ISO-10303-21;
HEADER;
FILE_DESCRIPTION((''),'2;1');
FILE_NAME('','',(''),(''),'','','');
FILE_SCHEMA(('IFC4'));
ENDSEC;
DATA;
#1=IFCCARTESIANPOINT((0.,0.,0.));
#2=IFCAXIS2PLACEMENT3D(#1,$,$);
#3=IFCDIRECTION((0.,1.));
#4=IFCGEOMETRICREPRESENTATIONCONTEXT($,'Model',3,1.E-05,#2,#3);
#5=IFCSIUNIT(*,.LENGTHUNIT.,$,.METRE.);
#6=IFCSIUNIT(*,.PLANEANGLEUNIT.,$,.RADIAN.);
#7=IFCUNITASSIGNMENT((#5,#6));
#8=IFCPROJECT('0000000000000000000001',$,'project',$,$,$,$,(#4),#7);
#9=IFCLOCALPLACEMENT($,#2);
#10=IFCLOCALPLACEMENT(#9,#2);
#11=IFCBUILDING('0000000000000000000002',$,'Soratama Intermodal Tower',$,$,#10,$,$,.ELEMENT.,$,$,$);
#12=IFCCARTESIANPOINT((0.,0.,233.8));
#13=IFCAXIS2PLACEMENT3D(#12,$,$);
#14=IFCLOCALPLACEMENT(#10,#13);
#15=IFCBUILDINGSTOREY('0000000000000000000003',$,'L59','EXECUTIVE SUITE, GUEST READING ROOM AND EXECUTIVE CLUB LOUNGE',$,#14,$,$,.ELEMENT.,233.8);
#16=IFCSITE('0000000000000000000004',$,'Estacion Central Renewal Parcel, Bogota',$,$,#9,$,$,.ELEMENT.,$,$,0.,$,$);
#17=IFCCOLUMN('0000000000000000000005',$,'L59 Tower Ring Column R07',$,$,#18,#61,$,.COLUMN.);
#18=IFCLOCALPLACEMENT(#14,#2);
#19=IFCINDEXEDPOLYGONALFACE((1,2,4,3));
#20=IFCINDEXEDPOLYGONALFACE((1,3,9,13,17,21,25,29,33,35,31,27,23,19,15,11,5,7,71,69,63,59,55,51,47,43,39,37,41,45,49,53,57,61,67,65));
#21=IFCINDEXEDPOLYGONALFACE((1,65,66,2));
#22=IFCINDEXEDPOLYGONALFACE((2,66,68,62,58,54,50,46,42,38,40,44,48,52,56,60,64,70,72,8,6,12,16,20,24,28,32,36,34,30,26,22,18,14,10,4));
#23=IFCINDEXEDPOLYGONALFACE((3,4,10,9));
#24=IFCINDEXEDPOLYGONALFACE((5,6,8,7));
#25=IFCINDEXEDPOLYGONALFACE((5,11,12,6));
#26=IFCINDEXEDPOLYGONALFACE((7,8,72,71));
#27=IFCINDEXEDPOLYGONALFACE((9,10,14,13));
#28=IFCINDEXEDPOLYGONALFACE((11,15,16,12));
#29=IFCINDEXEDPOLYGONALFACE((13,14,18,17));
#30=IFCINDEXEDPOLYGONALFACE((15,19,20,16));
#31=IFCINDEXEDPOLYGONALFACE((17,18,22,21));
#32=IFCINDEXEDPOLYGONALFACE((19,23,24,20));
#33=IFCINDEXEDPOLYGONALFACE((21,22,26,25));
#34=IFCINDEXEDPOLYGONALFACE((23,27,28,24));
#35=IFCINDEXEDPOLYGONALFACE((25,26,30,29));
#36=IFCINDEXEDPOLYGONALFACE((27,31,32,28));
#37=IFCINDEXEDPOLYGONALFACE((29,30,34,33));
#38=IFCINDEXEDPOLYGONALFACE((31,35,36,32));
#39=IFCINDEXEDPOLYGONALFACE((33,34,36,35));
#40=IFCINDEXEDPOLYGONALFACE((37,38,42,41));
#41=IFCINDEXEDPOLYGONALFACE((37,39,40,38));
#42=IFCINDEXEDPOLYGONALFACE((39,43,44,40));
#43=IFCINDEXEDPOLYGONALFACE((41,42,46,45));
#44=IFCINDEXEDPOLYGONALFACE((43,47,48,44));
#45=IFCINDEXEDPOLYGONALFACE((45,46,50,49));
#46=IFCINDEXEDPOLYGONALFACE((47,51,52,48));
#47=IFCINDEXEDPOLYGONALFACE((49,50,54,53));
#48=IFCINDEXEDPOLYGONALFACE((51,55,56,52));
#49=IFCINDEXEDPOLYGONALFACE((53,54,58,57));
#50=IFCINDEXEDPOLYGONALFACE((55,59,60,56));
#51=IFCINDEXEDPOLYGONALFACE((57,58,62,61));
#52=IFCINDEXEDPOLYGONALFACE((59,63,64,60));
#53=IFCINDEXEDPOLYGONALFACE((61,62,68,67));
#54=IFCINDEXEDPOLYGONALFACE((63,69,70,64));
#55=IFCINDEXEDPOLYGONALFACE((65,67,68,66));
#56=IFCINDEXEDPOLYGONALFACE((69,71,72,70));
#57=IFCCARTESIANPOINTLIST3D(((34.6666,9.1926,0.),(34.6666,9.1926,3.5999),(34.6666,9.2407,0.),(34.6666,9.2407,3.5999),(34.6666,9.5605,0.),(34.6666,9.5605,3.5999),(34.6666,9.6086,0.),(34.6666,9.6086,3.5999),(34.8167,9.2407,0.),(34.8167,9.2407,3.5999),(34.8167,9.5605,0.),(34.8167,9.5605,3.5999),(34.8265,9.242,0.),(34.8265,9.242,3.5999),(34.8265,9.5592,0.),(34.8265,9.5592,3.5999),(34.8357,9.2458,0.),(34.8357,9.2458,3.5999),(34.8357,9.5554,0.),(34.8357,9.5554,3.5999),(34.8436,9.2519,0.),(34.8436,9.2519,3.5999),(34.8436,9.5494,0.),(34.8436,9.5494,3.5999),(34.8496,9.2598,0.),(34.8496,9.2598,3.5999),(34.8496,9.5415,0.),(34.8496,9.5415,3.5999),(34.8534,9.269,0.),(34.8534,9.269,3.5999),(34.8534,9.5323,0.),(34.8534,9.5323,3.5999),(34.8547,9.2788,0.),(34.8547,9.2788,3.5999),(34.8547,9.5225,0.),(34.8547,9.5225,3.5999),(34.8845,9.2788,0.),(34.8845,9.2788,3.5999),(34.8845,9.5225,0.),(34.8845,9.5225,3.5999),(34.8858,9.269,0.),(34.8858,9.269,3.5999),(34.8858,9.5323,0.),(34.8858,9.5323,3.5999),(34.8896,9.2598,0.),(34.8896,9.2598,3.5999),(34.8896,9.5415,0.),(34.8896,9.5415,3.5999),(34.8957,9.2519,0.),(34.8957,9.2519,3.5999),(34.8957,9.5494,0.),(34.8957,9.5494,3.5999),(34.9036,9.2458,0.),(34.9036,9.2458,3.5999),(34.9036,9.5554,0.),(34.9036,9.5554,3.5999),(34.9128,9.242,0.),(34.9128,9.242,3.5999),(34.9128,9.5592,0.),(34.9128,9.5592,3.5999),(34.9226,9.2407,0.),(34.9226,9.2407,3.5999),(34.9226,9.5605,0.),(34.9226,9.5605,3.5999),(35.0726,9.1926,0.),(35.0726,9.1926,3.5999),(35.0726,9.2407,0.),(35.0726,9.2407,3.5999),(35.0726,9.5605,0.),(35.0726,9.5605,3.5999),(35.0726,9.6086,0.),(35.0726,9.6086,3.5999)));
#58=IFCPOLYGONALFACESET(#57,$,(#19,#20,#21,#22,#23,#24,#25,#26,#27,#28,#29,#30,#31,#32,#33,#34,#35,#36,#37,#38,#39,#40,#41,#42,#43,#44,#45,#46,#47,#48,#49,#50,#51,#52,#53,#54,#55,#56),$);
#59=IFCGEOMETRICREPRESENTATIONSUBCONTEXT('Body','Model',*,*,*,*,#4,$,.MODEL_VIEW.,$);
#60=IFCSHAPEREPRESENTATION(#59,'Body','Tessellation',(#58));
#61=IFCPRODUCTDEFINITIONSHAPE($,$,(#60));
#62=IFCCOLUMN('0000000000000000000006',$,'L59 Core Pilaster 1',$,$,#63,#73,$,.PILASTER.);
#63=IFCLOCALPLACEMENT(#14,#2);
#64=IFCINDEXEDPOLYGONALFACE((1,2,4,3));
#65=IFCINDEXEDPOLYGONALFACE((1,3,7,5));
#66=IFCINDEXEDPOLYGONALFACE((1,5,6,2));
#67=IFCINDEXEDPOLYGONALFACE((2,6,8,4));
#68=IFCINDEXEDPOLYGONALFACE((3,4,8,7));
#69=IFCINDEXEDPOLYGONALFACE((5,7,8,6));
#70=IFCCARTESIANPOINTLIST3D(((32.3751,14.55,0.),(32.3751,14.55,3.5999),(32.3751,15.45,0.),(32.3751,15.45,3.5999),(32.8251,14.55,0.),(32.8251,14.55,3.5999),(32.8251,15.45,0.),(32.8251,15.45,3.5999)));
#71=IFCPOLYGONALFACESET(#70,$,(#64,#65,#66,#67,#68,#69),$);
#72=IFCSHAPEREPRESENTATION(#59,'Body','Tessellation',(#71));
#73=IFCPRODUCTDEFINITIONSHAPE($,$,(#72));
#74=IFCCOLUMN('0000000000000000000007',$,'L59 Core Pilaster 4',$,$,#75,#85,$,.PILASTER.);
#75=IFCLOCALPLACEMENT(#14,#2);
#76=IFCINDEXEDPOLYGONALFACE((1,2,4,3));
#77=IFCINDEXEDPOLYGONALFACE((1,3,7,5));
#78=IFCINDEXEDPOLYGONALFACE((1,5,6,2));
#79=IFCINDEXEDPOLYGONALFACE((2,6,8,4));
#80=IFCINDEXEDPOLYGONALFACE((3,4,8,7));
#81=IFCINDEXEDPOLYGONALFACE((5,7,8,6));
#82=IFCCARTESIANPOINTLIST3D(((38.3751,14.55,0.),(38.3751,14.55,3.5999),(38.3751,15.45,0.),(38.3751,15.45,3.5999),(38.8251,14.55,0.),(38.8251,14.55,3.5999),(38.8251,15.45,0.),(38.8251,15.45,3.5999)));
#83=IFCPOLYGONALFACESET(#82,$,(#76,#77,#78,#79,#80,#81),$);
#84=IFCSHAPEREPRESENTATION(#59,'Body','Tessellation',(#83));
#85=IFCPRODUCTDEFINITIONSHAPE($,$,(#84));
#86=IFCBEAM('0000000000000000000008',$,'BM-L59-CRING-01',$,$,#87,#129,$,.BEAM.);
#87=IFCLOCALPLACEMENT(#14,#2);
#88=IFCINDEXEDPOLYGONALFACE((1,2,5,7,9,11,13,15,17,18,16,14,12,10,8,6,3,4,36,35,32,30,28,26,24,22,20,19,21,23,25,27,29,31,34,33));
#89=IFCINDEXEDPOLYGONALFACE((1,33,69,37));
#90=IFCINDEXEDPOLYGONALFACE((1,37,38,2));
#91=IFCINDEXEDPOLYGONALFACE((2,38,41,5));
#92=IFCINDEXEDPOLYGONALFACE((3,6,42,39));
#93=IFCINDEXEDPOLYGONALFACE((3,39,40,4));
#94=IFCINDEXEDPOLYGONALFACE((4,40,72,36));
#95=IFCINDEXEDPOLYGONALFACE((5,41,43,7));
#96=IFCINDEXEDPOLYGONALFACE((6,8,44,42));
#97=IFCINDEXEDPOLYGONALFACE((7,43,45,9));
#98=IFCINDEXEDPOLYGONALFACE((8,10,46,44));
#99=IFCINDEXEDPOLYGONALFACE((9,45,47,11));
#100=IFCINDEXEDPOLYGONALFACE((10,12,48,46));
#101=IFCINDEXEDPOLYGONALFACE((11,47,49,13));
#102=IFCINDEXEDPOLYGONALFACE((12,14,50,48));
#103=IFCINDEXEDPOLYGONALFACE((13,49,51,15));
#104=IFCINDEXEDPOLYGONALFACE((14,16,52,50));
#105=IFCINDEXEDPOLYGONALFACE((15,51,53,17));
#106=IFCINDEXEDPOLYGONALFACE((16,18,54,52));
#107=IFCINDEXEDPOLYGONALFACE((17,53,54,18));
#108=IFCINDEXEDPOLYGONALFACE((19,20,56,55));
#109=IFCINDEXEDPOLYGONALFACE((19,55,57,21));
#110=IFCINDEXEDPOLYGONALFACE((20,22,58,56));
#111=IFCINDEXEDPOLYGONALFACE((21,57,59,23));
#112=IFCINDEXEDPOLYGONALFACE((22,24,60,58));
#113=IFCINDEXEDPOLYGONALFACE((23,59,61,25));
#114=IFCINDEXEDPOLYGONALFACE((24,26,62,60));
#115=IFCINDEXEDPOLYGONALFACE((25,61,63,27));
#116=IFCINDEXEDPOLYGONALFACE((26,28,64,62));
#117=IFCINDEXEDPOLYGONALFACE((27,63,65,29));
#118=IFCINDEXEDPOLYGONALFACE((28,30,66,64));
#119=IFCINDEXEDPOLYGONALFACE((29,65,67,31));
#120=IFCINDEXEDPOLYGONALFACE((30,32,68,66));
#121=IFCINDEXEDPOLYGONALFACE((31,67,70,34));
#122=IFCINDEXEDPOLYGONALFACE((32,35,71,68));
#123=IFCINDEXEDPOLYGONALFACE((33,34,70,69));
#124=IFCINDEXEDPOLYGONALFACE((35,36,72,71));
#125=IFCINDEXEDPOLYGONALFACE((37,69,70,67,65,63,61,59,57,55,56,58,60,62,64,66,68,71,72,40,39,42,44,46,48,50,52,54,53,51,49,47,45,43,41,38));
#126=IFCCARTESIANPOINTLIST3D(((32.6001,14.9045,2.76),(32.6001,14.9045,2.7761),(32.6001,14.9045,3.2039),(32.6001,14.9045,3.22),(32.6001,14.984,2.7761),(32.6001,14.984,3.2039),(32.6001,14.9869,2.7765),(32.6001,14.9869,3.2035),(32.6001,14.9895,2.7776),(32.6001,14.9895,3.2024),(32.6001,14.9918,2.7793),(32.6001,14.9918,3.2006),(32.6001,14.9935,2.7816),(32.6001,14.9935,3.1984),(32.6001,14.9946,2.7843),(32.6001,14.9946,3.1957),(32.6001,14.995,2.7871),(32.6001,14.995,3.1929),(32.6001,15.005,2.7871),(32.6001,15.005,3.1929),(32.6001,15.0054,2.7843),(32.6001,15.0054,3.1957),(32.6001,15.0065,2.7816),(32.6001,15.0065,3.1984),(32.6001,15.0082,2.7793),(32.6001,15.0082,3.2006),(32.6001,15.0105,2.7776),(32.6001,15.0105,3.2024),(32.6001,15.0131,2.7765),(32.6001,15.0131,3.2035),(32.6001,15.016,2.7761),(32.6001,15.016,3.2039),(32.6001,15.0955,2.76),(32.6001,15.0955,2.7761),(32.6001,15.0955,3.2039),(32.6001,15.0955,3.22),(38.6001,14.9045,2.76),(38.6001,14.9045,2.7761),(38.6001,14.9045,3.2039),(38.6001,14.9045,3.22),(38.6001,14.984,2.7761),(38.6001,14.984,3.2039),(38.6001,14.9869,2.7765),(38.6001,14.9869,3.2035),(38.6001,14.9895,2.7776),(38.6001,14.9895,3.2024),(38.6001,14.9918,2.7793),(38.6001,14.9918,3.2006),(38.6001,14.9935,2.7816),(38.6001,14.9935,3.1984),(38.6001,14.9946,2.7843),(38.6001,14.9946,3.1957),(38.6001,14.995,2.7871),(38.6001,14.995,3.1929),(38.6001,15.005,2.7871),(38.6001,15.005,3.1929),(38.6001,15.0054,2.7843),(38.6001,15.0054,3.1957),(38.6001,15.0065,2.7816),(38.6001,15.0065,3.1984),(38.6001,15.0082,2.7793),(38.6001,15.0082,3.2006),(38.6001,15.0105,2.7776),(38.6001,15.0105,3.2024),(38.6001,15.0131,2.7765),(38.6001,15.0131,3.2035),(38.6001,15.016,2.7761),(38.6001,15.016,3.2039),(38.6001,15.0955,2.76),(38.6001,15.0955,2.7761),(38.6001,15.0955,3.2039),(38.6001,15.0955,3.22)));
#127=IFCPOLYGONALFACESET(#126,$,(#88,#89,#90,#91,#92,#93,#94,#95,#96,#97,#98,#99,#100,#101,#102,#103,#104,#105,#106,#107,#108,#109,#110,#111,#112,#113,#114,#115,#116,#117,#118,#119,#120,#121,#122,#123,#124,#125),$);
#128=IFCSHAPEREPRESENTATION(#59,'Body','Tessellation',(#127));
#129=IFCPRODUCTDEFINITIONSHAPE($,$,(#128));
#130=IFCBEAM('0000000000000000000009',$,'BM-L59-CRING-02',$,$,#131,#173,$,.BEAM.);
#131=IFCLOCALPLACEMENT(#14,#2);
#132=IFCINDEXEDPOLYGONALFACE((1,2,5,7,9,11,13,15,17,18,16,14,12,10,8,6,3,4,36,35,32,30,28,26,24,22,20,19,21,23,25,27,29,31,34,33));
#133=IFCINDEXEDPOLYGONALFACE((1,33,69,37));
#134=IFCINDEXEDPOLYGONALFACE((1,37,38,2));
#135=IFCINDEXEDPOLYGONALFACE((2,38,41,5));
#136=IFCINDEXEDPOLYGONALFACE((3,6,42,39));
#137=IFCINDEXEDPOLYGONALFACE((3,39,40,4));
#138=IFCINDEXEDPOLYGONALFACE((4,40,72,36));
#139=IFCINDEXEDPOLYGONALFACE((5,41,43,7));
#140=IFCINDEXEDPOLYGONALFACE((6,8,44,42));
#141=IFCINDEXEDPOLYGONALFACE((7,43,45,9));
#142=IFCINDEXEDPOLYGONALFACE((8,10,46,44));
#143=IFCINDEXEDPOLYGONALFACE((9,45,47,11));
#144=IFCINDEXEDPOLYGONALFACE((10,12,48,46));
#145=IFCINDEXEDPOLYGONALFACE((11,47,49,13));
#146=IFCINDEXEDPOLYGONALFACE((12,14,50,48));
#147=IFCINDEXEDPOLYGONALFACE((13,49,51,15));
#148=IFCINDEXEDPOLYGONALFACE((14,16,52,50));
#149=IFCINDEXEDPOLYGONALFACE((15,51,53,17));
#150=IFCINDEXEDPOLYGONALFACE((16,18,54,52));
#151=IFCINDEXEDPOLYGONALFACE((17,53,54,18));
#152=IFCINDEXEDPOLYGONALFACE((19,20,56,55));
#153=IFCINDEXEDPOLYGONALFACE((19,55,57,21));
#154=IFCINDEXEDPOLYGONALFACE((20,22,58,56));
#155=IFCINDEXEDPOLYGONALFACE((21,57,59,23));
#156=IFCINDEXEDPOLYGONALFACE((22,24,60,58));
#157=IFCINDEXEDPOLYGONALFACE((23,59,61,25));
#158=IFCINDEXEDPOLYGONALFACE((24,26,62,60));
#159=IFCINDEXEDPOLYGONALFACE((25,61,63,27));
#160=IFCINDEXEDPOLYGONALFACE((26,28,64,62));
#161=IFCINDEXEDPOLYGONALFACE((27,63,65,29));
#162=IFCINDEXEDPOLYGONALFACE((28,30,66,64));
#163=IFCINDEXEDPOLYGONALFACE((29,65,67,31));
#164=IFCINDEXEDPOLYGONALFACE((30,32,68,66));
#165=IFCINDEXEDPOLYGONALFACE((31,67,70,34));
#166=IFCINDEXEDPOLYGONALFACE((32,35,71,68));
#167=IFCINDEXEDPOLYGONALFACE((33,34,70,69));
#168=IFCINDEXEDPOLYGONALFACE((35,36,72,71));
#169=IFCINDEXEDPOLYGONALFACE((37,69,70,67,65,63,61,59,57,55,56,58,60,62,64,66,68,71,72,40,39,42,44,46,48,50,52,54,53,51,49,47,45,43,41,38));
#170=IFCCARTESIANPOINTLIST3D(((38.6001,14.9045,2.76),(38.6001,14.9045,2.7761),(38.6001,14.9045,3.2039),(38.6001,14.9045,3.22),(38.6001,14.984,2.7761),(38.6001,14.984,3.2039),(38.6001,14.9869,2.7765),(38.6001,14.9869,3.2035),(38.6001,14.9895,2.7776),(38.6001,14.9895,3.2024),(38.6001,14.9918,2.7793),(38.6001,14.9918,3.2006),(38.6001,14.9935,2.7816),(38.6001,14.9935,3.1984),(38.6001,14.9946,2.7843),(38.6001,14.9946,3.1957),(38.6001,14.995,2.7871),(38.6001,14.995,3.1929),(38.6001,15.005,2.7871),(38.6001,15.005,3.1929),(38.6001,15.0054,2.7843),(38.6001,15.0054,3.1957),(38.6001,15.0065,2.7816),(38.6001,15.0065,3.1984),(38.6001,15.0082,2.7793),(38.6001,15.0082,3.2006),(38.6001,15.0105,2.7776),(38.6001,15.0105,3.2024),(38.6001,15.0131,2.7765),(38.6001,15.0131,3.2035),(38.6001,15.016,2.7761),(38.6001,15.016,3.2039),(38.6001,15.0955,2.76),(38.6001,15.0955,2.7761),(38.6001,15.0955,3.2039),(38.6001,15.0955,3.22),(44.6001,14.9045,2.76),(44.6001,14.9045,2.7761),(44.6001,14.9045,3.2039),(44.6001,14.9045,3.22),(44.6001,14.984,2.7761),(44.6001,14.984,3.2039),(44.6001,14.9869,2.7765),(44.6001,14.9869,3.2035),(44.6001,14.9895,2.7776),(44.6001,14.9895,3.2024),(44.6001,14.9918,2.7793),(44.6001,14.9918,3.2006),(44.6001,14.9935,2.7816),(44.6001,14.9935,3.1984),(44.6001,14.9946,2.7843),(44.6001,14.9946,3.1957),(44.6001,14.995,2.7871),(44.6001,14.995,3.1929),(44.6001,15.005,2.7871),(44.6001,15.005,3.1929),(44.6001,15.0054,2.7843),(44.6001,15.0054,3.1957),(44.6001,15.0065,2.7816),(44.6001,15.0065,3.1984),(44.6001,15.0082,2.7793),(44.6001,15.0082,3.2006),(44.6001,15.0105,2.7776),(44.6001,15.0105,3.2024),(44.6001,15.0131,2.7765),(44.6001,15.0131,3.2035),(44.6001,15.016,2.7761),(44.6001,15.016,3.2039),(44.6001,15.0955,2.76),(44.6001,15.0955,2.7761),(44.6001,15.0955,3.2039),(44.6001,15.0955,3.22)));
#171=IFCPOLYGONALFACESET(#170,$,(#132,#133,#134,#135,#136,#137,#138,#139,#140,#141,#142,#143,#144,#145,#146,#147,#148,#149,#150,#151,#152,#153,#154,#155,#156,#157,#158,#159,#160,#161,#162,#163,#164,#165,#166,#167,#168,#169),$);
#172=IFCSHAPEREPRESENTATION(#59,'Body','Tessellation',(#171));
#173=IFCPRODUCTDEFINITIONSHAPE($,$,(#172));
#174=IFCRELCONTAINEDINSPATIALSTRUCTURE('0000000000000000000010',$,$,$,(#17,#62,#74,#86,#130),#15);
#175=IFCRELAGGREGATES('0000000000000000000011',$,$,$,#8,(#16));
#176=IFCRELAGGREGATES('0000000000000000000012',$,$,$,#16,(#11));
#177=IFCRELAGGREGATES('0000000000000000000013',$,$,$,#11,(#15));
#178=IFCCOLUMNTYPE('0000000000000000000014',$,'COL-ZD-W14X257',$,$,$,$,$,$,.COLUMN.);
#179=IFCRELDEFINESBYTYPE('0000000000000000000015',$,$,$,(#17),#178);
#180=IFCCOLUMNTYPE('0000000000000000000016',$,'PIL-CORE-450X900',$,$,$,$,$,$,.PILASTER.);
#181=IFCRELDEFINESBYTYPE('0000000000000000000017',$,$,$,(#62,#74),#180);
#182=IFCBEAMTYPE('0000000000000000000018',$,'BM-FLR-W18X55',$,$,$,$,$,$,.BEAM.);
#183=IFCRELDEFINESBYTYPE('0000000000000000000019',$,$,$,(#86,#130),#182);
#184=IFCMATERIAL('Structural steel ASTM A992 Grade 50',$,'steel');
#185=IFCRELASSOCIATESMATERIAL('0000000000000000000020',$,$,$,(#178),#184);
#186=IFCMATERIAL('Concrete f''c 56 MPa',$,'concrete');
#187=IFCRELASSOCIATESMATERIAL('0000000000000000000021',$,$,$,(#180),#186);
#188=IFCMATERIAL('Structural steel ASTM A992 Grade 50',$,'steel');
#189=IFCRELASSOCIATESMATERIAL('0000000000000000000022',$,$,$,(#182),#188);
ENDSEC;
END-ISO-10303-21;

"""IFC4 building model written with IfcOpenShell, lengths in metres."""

from ifc_helpers import new_model, si_unit, direction, frame, origin, origin_2d, place, context, subcontext, project, spatial, rectangle, i_section, extrude, material, material_profile, profile_set, type_object, element, save


model = new_model("IFC4")

# Units and contexts
model_context = context("Model", 3, precision=1e-05, world=origin(), true_north=direction((0.0, 1.0)))
body_context = subcontext(model_context, "Body", "Model", "MODEL_VIEW")
ifc_project = project(units=[si_unit("LENGTHUNIT", "METRE"), si_unit("PLANEANGLEUNIT", "RADIAN")], contexts=[model_context])

# Site, building, storey
site_placement = place(None, origin())
site = spatial("IfcSite", under=ifc_project, at=site_placement, Name="Estacion Central Renewal Parcel, Bogota", CompositionType="ELEMENT", RefElevation=0.0)
building_placement = place(site_placement, origin())
building = spatial("IfcBuilding", under=site, at=building_placement, Name="Soratama Intermodal Tower", CompositionType="ELEMENT")
storey_placement = place(building_placement, frame((0.0, 0.0, 233.8)))
storey = spatial("IfcBuildingStorey", under=building, at=storey_placement, Name="L59", Description="EXECUTIVE SUITE, GUEST READING ROOM AND EXECUTIVE CLUB LOUNGE", CompositionType="ELEMENT", Elevation=233.8)

# Columns
ifc_material_1 = material(Name="Structural steel ASTM A992 Grade 50", Category="steel")
ifc_material_profile_1 = material_profile(ifc_material_1, i_section(OverallWidth=0.406, OverallDepth=0.416, WebThickness=0.0298, FlangeThickness=0.0481, FilletRadius=0.0381, at=origin_2d()), Name="W14X257")
ifc_profile_set_1 = profile_set([ifc_material_profile_1], Name="Structural steel ASTM A992 Grade 50")
column_type_1 = type_object("IfcColumnType", Name="COL-ZD-W14X257", PredefinedType="COLUMN", material=ifc_profile_set_1)
column_placement = place(storey_placement, frame((34.8696, 9.4006, 0.0), z_axis=(0.0, 0.0, 1.0), x_axis=(1.0, 0.0, 0.0)))
element("IfcColumn", 1, at=column_placement, inside=storey, type_object=column_type_1, Name="L59 Tower Ring Column R07", PredefinedType="COLUMN", context=body_context, shape_type="SweptSolid", body=[
    extrude(i_section(OverallWidth=0.406, OverallDepth=0.416, WebThickness=0.0298, FlangeThickness=0.0481, FilletRadius=0.0381, at=origin_2d()), origin(), (0.0, 0.0, 1.0), 3.5999),
])
ifc_material_2 = material(Name="Concrete f'c 56 MPa", Category="concrete")
ifc_material_profile_2 = material_profile(ifc_material_2, rectangle(XDim=0.45, YDim=0.8999, at=origin_2d()), Name="RC450X900")
ifc_profile_set_2 = profile_set([ifc_material_profile_2], Name="Concrete f'c 56 MPa")
column_type_2 = type_object("IfcColumnType", Name="PIL-CORE-450X900", PredefinedType="PILASTER", material=ifc_profile_set_2)
for number, where, z_axis, x_axis, name in (
    (2, (32.6001, 15.0, 0.0), (0.0, 0.0, 1.0), (1.0, 0.0, 0.0), "L59 Core Pilaster 1"),
    (3, (38.6001, 15.0, 0.0), (0.0, 0.0, 1.0), (1.0, 0.0, 0.0), "L59 Core Pilaster 4"),
):
    element("IfcColumn", number, at=place(storey_placement, frame(where, z_axis=z_axis, x_axis=x_axis)), inside=storey, type_object=column_type_2, Name=name, PredefinedType="PILASTER", context=body_context, shape_type="SweptSolid", body=[
        extrude(rectangle(XDim=0.45, YDim=0.8999, at=origin_2d()), origin(), (0.0, 0.0, 1.0), 3.5999),
    ])

# Beams
ifc_material_3 = material(Name="Structural steel ASTM A992 Grade 50", Category="steel")
ifc_material_profile_3 = material_profile(ifc_material_3, i_section(OverallWidth=0.1909, OverallDepth=0.46, WebThickness=0.01, FlangeThickness=0.0161, FilletRadius=0.011, at=origin_2d()), Name="W18X55")
ifc_profile_set_3 = profile_set([ifc_material_profile_3], Name="Structural steel ASTM A992 Grade 50")
beam_type_1 = type_object("IfcBeamType", Name="BM-FLR-W18X55", PredefinedType="BEAM", material=ifc_profile_set_3)
for number, where, z_axis, x_axis, name in (
    (4, (32.6001, 15.0, 2.99), (1.0, 0.0, 0.0), (0.0, 1.0, 0.0), "BM-L59-CRING-01"),
    (5, (38.6001, 15.0, 2.99), (1.0, 0.0, 0.0), (0.0, 1.0, 0.0), "BM-L59-CRING-02"),
):
    element("IfcBeam", number, at=place(storey_placement, frame(where, z_axis=z_axis, x_axis=x_axis)), inside=storey, type_object=beam_type_1, Name=name, PredefinedType="BEAM", context=body_context, shape_type="SweptSolid", body=[
        extrude(i_section(OverallWidth=0.1909, OverallDepth=0.46, WebThickness=0.01, FlangeThickness=0.0161, FilletRadius=0.011, at=origin_2d()), origin(), (0.0, 0.0, 1.0), 6.0),
    ])

save(model, "model.ifc")
